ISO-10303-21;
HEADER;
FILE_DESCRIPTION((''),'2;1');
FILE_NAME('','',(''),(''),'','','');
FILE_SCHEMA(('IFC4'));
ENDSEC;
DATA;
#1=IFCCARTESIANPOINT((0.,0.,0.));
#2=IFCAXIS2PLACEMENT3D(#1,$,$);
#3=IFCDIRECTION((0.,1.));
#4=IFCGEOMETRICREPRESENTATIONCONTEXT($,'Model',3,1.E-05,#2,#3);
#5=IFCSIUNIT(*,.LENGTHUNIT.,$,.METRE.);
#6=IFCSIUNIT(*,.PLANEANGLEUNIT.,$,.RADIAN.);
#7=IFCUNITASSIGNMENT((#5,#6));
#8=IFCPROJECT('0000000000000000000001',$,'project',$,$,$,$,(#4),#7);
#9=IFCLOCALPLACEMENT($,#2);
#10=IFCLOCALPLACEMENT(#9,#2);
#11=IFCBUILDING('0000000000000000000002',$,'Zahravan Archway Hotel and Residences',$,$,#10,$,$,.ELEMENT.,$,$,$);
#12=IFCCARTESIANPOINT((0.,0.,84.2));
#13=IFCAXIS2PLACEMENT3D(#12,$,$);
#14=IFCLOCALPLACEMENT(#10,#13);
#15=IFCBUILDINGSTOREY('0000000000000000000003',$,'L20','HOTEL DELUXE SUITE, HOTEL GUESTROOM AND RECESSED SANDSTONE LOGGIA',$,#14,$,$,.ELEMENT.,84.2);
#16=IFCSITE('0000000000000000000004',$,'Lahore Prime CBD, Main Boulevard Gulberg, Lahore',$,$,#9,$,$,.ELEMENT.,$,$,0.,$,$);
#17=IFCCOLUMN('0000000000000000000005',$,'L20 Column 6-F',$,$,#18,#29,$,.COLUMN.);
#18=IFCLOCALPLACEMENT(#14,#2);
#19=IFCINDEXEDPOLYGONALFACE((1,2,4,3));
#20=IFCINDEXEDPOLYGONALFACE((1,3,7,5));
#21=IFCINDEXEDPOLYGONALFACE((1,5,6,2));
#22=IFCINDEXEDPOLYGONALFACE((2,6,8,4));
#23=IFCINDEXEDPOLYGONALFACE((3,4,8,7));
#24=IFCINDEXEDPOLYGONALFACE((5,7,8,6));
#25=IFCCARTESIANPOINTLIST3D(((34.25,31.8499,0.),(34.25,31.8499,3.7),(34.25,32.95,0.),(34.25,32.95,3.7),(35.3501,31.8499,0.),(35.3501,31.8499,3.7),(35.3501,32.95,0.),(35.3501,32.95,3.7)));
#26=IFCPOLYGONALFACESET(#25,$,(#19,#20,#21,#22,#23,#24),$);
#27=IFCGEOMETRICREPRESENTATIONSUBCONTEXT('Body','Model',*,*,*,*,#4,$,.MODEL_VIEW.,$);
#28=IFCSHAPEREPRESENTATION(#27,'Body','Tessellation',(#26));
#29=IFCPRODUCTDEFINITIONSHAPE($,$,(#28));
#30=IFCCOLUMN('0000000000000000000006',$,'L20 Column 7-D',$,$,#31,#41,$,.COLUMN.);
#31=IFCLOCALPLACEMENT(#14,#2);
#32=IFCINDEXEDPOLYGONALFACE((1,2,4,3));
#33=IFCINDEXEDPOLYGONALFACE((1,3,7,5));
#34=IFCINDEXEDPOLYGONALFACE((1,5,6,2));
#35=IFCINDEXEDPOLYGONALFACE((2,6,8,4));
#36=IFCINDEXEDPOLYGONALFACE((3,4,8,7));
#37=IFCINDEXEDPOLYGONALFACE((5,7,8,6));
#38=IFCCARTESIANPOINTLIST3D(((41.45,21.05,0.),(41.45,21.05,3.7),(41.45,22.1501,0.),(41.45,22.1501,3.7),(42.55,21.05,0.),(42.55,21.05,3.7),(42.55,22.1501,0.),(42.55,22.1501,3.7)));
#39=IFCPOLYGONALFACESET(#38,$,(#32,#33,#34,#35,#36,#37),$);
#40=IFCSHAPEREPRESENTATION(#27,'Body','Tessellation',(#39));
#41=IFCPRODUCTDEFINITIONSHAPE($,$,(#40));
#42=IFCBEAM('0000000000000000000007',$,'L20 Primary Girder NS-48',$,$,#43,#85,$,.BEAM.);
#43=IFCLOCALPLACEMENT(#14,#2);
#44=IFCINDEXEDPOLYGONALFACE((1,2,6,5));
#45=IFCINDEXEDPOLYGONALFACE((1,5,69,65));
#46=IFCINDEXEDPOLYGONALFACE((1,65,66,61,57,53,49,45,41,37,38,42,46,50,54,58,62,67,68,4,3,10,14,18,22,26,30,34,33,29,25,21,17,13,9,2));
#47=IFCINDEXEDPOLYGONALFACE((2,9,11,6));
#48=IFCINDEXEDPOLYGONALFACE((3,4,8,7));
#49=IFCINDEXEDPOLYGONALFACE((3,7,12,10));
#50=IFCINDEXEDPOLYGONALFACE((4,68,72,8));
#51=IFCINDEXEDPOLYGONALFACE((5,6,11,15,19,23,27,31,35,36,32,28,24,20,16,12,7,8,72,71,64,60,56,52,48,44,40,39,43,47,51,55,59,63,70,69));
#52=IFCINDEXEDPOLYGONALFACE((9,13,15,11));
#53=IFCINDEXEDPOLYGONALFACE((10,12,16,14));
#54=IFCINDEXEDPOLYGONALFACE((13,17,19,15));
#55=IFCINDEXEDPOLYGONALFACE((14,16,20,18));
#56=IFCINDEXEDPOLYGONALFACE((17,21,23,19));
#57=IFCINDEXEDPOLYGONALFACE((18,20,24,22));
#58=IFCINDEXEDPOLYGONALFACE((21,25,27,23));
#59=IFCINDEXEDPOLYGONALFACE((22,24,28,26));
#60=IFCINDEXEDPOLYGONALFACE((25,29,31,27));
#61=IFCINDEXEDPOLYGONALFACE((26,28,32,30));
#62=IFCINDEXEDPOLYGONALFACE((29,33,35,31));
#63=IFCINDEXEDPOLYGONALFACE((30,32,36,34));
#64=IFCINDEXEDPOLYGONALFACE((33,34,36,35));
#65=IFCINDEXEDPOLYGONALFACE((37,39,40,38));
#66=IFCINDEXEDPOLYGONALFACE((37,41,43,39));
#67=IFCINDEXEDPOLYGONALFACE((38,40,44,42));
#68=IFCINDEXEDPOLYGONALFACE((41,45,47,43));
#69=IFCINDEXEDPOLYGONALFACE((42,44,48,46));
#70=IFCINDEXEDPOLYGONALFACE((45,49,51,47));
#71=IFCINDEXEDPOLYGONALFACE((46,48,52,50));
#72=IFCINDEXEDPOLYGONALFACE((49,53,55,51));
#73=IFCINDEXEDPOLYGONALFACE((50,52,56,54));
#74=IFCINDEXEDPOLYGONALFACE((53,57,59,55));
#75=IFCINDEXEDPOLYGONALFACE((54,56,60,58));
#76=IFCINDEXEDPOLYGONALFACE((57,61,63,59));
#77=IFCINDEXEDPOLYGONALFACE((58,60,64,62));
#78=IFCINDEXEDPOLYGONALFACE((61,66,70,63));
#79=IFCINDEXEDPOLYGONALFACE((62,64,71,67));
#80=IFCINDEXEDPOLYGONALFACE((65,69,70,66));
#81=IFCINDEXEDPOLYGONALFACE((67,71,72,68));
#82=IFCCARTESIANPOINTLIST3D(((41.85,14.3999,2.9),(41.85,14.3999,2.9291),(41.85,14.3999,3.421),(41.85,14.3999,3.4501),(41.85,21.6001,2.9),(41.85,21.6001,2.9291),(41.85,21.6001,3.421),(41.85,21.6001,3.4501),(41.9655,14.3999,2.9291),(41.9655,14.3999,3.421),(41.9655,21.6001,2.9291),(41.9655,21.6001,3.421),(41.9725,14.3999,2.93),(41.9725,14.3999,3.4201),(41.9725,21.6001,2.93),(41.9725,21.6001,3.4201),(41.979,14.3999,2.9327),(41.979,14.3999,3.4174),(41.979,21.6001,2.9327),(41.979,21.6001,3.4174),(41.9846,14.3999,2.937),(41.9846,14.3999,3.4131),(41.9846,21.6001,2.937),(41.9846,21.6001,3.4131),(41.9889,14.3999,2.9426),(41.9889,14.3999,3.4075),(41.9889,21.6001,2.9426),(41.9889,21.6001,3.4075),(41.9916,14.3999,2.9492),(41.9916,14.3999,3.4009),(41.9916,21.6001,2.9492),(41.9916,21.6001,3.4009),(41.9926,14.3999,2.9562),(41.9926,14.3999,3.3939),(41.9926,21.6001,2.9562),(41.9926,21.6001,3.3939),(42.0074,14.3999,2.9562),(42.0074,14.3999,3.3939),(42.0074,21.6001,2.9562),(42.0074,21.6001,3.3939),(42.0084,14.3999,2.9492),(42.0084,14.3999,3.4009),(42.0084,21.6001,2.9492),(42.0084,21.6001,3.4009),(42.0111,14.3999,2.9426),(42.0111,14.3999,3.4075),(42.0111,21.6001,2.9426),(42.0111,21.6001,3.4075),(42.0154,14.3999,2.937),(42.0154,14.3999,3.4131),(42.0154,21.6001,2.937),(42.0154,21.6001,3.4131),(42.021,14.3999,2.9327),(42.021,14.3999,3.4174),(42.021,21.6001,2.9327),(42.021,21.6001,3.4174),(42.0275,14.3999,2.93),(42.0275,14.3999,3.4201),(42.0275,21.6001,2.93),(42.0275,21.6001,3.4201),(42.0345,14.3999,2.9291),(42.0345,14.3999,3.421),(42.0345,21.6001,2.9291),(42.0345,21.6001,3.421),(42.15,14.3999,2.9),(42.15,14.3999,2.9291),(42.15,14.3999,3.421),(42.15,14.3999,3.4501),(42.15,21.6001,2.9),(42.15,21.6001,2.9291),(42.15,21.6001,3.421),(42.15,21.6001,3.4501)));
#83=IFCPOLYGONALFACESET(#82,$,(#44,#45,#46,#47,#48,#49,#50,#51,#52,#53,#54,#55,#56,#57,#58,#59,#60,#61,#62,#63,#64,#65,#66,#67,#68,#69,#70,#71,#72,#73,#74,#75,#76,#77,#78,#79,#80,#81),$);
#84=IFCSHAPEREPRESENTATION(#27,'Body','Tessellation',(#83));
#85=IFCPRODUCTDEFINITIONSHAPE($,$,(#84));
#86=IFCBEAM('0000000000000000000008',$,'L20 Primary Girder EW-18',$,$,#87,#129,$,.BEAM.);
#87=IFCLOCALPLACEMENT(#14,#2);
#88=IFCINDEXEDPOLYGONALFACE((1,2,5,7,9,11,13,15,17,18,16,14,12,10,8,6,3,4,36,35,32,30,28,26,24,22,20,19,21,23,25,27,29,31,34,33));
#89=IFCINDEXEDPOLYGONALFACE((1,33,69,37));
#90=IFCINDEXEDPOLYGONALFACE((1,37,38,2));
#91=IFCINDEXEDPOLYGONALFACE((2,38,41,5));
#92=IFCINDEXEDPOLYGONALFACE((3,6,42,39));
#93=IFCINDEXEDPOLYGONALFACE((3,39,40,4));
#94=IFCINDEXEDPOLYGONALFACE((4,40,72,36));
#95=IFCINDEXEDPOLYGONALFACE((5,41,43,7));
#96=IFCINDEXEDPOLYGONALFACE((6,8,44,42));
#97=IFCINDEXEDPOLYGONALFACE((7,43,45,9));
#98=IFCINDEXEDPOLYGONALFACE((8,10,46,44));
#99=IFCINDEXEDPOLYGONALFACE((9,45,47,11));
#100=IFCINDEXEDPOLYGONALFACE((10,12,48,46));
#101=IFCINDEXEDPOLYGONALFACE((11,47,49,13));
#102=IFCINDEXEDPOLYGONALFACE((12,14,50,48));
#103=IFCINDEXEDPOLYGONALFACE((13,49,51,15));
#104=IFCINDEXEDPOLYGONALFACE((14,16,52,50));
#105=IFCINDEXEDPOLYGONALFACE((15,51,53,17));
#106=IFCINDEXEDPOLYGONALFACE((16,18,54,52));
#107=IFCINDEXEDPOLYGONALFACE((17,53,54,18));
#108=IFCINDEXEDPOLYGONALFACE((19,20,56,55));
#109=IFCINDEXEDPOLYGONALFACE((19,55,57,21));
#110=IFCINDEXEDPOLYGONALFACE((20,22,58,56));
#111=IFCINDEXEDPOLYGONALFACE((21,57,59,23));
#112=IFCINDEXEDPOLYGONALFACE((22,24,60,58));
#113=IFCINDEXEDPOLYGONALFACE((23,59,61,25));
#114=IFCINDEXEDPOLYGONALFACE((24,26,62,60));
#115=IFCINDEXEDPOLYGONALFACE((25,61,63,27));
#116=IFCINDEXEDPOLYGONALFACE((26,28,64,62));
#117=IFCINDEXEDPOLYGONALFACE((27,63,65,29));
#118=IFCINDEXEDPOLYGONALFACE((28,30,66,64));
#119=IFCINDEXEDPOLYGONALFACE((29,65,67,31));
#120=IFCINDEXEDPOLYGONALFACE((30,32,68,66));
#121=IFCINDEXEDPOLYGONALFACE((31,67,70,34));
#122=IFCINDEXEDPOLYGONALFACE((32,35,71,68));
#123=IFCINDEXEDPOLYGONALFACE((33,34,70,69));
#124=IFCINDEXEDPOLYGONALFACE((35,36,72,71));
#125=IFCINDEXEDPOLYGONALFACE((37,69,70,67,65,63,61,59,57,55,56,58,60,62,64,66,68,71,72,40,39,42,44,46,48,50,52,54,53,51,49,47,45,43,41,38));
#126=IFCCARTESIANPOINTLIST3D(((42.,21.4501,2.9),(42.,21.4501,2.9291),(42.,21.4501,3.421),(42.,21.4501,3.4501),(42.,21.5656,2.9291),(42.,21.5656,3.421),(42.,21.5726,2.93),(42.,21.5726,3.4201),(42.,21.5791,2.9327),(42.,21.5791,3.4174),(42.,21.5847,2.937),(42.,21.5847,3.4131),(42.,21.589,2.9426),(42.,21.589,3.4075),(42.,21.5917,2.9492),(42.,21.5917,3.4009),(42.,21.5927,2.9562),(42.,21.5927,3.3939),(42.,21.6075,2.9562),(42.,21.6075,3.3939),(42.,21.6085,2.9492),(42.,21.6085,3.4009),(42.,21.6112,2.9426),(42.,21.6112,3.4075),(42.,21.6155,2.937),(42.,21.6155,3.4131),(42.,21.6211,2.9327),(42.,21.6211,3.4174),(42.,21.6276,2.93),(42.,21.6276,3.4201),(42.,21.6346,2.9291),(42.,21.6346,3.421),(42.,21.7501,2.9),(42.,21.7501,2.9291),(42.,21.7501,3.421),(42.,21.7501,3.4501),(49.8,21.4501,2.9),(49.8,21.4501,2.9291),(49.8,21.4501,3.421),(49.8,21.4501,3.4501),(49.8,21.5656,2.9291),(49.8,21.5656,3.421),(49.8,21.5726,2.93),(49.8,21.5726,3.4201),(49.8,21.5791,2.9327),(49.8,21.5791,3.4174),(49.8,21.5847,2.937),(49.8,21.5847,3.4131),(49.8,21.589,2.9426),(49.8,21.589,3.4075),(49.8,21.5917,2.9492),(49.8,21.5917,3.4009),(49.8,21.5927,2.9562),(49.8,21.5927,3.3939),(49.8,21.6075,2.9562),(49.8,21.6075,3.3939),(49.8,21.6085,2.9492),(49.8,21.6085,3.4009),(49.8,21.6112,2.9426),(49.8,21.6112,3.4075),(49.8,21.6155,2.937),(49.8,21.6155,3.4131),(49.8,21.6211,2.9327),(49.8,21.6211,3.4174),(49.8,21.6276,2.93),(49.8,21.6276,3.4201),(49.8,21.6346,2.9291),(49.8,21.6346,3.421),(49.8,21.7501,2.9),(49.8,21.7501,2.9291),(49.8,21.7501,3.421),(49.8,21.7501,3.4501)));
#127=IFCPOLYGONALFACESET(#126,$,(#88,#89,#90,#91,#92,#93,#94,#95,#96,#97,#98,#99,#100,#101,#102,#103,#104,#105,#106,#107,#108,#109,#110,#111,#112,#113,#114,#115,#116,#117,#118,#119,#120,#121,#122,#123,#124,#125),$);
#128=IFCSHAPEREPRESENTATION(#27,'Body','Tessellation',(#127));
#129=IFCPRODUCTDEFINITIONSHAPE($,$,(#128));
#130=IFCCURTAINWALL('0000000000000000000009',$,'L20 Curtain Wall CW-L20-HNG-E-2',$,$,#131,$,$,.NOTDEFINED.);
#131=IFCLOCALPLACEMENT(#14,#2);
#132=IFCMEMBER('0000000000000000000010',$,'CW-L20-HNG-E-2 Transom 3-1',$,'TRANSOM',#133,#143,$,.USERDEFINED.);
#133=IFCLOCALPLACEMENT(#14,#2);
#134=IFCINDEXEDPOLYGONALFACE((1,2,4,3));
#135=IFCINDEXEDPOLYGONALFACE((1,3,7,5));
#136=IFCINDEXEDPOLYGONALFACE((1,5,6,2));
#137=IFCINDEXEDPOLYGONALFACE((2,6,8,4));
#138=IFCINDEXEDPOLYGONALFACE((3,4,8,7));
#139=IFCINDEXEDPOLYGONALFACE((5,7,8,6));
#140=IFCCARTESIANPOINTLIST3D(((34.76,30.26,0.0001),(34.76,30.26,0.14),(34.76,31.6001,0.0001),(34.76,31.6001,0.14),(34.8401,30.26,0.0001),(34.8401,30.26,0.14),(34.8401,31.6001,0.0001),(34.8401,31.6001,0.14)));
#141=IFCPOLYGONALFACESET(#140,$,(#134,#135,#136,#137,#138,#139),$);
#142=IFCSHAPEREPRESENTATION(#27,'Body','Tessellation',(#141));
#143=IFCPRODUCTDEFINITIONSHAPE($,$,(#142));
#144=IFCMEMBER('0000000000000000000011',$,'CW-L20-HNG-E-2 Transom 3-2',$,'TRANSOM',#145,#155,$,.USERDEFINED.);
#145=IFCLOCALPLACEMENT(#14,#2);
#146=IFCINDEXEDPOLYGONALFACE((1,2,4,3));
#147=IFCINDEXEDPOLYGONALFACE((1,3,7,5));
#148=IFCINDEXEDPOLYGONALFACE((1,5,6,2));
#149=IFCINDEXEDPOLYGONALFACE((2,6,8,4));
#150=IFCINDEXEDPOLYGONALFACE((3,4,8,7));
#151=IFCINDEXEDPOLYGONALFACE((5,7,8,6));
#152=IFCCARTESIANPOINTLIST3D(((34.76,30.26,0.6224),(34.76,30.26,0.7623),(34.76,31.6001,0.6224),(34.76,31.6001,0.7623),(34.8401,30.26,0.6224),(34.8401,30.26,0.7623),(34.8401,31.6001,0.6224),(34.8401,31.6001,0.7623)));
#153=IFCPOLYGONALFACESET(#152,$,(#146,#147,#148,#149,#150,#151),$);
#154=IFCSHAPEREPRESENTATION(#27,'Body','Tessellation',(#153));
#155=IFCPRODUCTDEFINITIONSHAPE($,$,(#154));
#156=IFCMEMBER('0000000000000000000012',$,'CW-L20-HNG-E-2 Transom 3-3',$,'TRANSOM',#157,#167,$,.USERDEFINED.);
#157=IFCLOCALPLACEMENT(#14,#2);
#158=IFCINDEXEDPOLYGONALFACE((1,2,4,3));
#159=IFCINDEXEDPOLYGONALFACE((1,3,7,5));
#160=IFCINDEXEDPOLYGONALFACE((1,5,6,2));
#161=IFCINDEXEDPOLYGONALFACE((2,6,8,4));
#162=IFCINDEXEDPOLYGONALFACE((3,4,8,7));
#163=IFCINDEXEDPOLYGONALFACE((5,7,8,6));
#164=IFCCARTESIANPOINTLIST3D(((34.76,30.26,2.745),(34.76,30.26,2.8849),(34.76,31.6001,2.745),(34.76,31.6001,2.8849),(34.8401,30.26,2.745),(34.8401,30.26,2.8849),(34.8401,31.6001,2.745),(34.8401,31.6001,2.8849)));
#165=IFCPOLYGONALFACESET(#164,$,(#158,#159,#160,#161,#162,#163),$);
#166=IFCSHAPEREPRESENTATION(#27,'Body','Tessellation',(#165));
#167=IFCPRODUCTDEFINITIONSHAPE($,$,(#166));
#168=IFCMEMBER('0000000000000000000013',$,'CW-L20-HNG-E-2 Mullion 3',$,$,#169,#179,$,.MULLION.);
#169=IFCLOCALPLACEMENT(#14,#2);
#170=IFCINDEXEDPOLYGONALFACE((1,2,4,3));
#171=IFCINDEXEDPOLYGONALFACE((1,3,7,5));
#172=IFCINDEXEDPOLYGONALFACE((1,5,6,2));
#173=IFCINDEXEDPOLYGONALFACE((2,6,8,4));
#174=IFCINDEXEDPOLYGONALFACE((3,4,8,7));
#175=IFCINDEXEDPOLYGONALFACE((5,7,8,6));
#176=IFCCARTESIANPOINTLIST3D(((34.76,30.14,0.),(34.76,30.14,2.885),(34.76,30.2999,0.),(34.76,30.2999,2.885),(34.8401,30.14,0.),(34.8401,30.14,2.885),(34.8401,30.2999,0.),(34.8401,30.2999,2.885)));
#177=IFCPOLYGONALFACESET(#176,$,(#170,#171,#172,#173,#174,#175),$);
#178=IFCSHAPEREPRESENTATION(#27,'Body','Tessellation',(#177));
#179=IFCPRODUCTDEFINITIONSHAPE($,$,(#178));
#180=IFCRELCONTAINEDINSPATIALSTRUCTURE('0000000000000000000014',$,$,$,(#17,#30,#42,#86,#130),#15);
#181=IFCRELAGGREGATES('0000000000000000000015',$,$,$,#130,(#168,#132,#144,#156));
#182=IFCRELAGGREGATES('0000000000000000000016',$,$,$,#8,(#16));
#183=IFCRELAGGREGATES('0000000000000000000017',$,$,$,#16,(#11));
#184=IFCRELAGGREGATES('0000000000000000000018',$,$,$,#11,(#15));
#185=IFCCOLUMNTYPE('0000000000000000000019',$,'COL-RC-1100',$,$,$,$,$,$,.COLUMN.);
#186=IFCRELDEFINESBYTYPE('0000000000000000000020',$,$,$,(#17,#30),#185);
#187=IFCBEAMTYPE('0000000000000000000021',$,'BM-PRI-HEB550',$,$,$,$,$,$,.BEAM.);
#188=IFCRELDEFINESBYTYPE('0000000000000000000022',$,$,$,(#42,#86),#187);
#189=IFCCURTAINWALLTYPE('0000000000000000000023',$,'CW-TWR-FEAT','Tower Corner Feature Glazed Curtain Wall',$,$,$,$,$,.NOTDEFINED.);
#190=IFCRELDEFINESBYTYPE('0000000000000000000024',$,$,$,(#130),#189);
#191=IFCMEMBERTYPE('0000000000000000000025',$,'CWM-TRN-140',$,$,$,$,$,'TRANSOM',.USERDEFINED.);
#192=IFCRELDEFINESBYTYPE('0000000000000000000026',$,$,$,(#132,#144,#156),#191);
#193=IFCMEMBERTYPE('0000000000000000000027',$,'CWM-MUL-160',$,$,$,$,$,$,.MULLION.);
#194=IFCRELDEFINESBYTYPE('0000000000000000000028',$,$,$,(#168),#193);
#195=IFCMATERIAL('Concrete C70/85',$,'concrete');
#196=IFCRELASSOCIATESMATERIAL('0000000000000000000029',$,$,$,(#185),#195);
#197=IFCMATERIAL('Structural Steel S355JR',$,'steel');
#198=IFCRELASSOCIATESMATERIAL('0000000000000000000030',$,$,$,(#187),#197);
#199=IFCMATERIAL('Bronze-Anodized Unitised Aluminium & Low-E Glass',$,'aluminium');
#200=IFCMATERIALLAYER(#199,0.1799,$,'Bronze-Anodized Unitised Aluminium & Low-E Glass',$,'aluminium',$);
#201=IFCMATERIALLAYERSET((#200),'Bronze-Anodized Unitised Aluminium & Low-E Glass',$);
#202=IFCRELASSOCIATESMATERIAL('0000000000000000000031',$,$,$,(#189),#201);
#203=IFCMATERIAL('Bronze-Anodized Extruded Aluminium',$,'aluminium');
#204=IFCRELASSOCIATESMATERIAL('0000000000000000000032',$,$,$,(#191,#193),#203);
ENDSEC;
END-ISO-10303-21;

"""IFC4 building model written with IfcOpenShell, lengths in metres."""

from ifc_helpers import new_model, si_unit, direction, frame, origin, origin_2d, place, context, subcontext, project, spatial, rectangle, i_section, extrude, source, transform, mapped, material, layer, layer_set, material_profile, profile_set, type_object, type_shapes, element, aggregate, save


model = new_model("IFC4")

# Units and contexts
model_context = context("Model", 3, precision=1e-05, world=origin(), true_north=direction((0.0, 1.0)))
body_context = subcontext(model_context, "Body", "Model", "MODEL_VIEW")
ifc_project = project(units=[si_unit("LENGTHUNIT", "METRE"), si_unit("PLANEANGLEUNIT", "RADIAN")], contexts=[model_context])

# Site, building, storey
site_placement = place(None, origin())
site = spatial("IfcSite", under=ifc_project, at=site_placement, Name="Lahore Prime CBD, Main Boulevard Gulberg, Lahore", CompositionType="ELEMENT", RefElevation=0.0)
building_placement = place(site_placement, origin())
building = spatial("IfcBuilding", under=site, at=building_placement, Name="Zahravan Archway Hotel and Residences", CompositionType="ELEMENT")
storey_placement = place(building_placement, frame((0.0, 0.0, 84.2)))
storey = spatial("IfcBuildingStorey", under=building, at=storey_placement, Name="L20", Description="HOTEL DELUXE SUITE, HOTEL GUESTROOM AND RECESSED SANDSTONE LOGGIA", CompositionType="ELEMENT", Elevation=84.2)

# Columns
ifc_material_1 = material(Name="Concrete C70/85", Category="concrete")
ifc_material_profile_1 = material_profile(ifc_material_1, rectangle(XDim=1.1001, YDim=1.1001, at=origin_2d()), Name="RC 1100x1100", Category="concrete")
ifc_profile_set_1 = profile_set([ifc_material_profile_1], Name="Concrete C70/85")
column_type = type_object("IfcColumnType", Name="COL-RC-1100", PredefinedType="COLUMN", material=ifc_profile_set_1)
shared_shape_1 = source(origin(), body_context, "Body", "SweptSolid", [
    extrude(rectangle(XDim=1.1001, YDim=1.1001, at=origin_2d()), origin(), (0.0, 0.0, 1.0), 3.7),
])
for number, where, z_axis, x_axis, name in (
    (1, (34.8, 32.3999, 0.0), (0.0, 0.0, 1.0), (1.0, 0.0, 0.0), "L20 Column 6-F"),
    (2, (42.0, 21.6001, 0.0), (0.0, 0.0, 1.0), (1.0, 0.0, 0.0), "L20 Column 7-D"),
):
    element("IfcColumn", number, at=place(storey_placement, frame(where, z_axis=z_axis, x_axis=x_axis)), inside=storey, type_object=column_type, Name=name, PredefinedType="COLUMN", context=body_context, shape_type="MappedRepresentation", body=[
        mapped(shared_shape_1, transform((0.0, 0.0, 0.0), scale=1.0)),
    ])

# Beams
ifc_material_2 = material(Name="Structural Steel S355JR", Category="steel")
ifc_material_profile_2 = material_profile(ifc_material_2, i_section(OverallWidth=0.3, OverallDepth=0.55, WebThickness=0.0149, FlangeThickness=0.0291, FilletRadius=0.0271, at=origin_2d()), Name="HEB 550", Category="steel")
ifc_profile_set_2 = profile_set([ifc_material_profile_2], Name="Structural Steel S355JR")
beam_type = type_object("IfcBeamType", Name="BM-PRI-HEB550", PredefinedType="BEAM", material=ifc_profile_set_2)
shared_shape_2 = source(origin(), body_context, "Body", "SweptSolid", [
    extrude(i_section(OverallWidth=0.3, OverallDepth=0.55, WebThickness=0.0149, FlangeThickness=0.0291, FilletRadius=0.0271, at=origin_2d()), origin(), (0.0, 0.0, 1.0), 7.2002),
])
type_shapes(beam_type, [shared_shape_2])
beam_1_placement = place(storey_placement, frame((42.0, 14.3999, 3.175), z_axis=(0.0, 1.0, 0.0), x_axis=(-1.0, 0.0, 0.0)))
element("IfcBeam", 3, at=beam_1_placement, inside=storey, type_object=beam_type, Name="L20 Primary Girder NS-48", PredefinedType="BEAM", context=body_context, shape_type="MappedRepresentation", body=[
    mapped(shared_shape_2, transform((0.0, 0.0, 0.0), scale=1.0)),
])
shared_shape_3 = source(origin(), body_context, "Body", "SweptSolid", [
    extrude(i_section(OverallWidth=0.3, OverallDepth=0.55, WebThickness=0.0149, FlangeThickness=0.0291, FilletRadius=0.0271, at=origin_2d()), origin(), (0.0, 0.0, 1.0), 7.8),
])
beam_2_placement = place(storey_placement, frame((42.0, 21.6001, 3.175), z_axis=(1.0, 0.0, 0.0), x_axis=(0.0, 1.0, 0.0)))
element("IfcBeam", 4, at=beam_2_placement, inside=storey, type_object=beam_type, Name="L20 Primary Girder EW-18", PredefinedType="BEAM", context=body_context, shape_type="MappedRepresentation", body=[
    mapped(shared_shape_3, transform((0.0, 0.0, 0.0), scale=1.0)),
])

# Curtain wall, members
ifc_material_3 = material(Name="Bronze-Anodized Unitised Aluminium & Low-E Glass", Category="aluminium")
ifc_layer_1 = layer(ifc_material_3, 0.1799, Name="Bronze-Anodized Unitised Aluminium & Low-E Glass", Category="aluminium")
ifc_layer_set_1 = layer_set([ifc_layer_1], Name="Bronze-Anodized Unitised Aluminium & Low-E Glass")
curtain_wall_type = type_object("IfcCurtainWallType", Name="CW-TWR-FEAT", Description="Tower Corner Feature Glazed Curtain Wall", PredefinedType="NOTDEFINED", material=ifc_layer_set_1)
curtain_wall_placement = place(storey_placement, origin())
curtain_wall = element("IfcCurtainWall", 5, at=curtain_wall_placement, inside=storey, type_object=curtain_wall_type, Name="L20 Curtain Wall CW-L20-HNG-E-2", PredefinedType="NOTDEFINED")
ifc_material_4 = material(Name="Bronze-Anodized Extruded Aluminium", Category="aluminium")
ifc_material_profile_3 = material_profile(ifc_material_4, rectangle(XDim=0.0801, YDim=0.1399, at=origin_2d()), Name="TRN 80x140", Category="aluminium")
ifc_profile_set_3 = profile_set([ifc_material_profile_3], Name="Bronze-Anodized Extruded Aluminium")
member_type_1 = type_object("IfcMemberType", Name="CWM-TRN-140", ElementType="TRANSOM", PredefinedType="USERDEFINED", material=ifc_profile_set_3)
shared_shape_4 = source(origin(), body_context, "Body", "SweptSolid", [
    extrude(rectangle(XDim=0.0801, YDim=0.1399, at=origin_2d()), origin(), (0.0, 0.0, 1.0), 1.3401),
])
member_1_placement = place(storey_placement, frame((34.8, 30.26, 0.0701), z_axis=(0.0, 1.0, 0.0), x_axis=(-1.0, 0.0, 0.0)))
member_1 = element("IfcMember", 6, at=member_1_placement, type_object=member_type_1, Name="CW-L20-HNG-E-2 Transom 3-1", ObjectType="TRANSOM", PredefinedType="USERDEFINED", context=body_context, shape_type="MappedRepresentation", body=[
    mapped(shared_shape_4, transform((0.0, 0.0, 0.0), scale=1.0)),
])
member_2_placement = place(storey_placement, frame((34.8, 30.26, 0.6924), z_axis=(0.0, 1.0, 0.0), x_axis=(-1.0, 0.0, 0.0)))
member_2 = element("IfcMember", 7, at=member_2_placement, type_object=member_type_1, Name="CW-L20-HNG-E-2 Transom 3-2", ObjectType="TRANSOM", PredefinedType="USERDEFINED", context=body_context, shape_type="MappedRepresentation", body=[
    mapped(shared_shape_4, transform((0.0, 0.0, 0.0), scale=1.0)),
])
member_3_placement = place(storey_placement, frame((34.8, 30.26, 2.8149), z_axis=(0.0, 1.0, 0.0), x_axis=(-1.0, 0.0, 0.0)))
member_3 = element("IfcMember", 8, at=member_3_placement, type_object=member_type_1, Name="CW-L20-HNG-E-2 Transom 3-3", ObjectType="TRANSOM", PredefinedType="USERDEFINED", context=body_context, shape_type="MappedRepresentation", body=[
    mapped(shared_shape_4, transform((0.0, 0.0, 0.0), scale=1.0)),
])
ifc_material_profile_4 = material_profile(ifc_material_4, rectangle(XDim=0.0801, YDim=0.1599, at=origin_2d()), Name="MUL 80x160", Category="aluminium")
ifc_profile_set_4 = profile_set([ifc_material_profile_4], Name="Bronze-Anodized Extruded Aluminium")
member_type_2 = type_object("IfcMemberType", Name="CWM-MUL-160", PredefinedType="MULLION", material=ifc_profile_set_4)
shared_shape_5 = source(origin(), body_context, "Body", "SweptSolid", [
    extrude(rectangle(XDim=0.0801, YDim=0.1599, at=origin_2d()), origin(), (0.0, 0.0, 1.0), 2.885),
])
member_4_placement = place(storey_placement, frame((34.8, 30.22, 0.0), z_axis=(0.0, 0.0, 1.0), x_axis=(1.0, 0.0, 0.0)))
member_4 = element("IfcMember", 9, at=member_4_placement, type_object=member_type_2, Name="CW-L20-HNG-E-2 Mullion 3", PredefinedType="MULLION", context=body_context, shape_type="MappedRepresentation", body=[
    mapped(shared_shape_5, transform((0.0, 0.0, 0.0), scale=1.0)),
])
aggregate(curtain_wall, [member_4, member_1, member_2, member_3])

save(model, "model.ifc")
